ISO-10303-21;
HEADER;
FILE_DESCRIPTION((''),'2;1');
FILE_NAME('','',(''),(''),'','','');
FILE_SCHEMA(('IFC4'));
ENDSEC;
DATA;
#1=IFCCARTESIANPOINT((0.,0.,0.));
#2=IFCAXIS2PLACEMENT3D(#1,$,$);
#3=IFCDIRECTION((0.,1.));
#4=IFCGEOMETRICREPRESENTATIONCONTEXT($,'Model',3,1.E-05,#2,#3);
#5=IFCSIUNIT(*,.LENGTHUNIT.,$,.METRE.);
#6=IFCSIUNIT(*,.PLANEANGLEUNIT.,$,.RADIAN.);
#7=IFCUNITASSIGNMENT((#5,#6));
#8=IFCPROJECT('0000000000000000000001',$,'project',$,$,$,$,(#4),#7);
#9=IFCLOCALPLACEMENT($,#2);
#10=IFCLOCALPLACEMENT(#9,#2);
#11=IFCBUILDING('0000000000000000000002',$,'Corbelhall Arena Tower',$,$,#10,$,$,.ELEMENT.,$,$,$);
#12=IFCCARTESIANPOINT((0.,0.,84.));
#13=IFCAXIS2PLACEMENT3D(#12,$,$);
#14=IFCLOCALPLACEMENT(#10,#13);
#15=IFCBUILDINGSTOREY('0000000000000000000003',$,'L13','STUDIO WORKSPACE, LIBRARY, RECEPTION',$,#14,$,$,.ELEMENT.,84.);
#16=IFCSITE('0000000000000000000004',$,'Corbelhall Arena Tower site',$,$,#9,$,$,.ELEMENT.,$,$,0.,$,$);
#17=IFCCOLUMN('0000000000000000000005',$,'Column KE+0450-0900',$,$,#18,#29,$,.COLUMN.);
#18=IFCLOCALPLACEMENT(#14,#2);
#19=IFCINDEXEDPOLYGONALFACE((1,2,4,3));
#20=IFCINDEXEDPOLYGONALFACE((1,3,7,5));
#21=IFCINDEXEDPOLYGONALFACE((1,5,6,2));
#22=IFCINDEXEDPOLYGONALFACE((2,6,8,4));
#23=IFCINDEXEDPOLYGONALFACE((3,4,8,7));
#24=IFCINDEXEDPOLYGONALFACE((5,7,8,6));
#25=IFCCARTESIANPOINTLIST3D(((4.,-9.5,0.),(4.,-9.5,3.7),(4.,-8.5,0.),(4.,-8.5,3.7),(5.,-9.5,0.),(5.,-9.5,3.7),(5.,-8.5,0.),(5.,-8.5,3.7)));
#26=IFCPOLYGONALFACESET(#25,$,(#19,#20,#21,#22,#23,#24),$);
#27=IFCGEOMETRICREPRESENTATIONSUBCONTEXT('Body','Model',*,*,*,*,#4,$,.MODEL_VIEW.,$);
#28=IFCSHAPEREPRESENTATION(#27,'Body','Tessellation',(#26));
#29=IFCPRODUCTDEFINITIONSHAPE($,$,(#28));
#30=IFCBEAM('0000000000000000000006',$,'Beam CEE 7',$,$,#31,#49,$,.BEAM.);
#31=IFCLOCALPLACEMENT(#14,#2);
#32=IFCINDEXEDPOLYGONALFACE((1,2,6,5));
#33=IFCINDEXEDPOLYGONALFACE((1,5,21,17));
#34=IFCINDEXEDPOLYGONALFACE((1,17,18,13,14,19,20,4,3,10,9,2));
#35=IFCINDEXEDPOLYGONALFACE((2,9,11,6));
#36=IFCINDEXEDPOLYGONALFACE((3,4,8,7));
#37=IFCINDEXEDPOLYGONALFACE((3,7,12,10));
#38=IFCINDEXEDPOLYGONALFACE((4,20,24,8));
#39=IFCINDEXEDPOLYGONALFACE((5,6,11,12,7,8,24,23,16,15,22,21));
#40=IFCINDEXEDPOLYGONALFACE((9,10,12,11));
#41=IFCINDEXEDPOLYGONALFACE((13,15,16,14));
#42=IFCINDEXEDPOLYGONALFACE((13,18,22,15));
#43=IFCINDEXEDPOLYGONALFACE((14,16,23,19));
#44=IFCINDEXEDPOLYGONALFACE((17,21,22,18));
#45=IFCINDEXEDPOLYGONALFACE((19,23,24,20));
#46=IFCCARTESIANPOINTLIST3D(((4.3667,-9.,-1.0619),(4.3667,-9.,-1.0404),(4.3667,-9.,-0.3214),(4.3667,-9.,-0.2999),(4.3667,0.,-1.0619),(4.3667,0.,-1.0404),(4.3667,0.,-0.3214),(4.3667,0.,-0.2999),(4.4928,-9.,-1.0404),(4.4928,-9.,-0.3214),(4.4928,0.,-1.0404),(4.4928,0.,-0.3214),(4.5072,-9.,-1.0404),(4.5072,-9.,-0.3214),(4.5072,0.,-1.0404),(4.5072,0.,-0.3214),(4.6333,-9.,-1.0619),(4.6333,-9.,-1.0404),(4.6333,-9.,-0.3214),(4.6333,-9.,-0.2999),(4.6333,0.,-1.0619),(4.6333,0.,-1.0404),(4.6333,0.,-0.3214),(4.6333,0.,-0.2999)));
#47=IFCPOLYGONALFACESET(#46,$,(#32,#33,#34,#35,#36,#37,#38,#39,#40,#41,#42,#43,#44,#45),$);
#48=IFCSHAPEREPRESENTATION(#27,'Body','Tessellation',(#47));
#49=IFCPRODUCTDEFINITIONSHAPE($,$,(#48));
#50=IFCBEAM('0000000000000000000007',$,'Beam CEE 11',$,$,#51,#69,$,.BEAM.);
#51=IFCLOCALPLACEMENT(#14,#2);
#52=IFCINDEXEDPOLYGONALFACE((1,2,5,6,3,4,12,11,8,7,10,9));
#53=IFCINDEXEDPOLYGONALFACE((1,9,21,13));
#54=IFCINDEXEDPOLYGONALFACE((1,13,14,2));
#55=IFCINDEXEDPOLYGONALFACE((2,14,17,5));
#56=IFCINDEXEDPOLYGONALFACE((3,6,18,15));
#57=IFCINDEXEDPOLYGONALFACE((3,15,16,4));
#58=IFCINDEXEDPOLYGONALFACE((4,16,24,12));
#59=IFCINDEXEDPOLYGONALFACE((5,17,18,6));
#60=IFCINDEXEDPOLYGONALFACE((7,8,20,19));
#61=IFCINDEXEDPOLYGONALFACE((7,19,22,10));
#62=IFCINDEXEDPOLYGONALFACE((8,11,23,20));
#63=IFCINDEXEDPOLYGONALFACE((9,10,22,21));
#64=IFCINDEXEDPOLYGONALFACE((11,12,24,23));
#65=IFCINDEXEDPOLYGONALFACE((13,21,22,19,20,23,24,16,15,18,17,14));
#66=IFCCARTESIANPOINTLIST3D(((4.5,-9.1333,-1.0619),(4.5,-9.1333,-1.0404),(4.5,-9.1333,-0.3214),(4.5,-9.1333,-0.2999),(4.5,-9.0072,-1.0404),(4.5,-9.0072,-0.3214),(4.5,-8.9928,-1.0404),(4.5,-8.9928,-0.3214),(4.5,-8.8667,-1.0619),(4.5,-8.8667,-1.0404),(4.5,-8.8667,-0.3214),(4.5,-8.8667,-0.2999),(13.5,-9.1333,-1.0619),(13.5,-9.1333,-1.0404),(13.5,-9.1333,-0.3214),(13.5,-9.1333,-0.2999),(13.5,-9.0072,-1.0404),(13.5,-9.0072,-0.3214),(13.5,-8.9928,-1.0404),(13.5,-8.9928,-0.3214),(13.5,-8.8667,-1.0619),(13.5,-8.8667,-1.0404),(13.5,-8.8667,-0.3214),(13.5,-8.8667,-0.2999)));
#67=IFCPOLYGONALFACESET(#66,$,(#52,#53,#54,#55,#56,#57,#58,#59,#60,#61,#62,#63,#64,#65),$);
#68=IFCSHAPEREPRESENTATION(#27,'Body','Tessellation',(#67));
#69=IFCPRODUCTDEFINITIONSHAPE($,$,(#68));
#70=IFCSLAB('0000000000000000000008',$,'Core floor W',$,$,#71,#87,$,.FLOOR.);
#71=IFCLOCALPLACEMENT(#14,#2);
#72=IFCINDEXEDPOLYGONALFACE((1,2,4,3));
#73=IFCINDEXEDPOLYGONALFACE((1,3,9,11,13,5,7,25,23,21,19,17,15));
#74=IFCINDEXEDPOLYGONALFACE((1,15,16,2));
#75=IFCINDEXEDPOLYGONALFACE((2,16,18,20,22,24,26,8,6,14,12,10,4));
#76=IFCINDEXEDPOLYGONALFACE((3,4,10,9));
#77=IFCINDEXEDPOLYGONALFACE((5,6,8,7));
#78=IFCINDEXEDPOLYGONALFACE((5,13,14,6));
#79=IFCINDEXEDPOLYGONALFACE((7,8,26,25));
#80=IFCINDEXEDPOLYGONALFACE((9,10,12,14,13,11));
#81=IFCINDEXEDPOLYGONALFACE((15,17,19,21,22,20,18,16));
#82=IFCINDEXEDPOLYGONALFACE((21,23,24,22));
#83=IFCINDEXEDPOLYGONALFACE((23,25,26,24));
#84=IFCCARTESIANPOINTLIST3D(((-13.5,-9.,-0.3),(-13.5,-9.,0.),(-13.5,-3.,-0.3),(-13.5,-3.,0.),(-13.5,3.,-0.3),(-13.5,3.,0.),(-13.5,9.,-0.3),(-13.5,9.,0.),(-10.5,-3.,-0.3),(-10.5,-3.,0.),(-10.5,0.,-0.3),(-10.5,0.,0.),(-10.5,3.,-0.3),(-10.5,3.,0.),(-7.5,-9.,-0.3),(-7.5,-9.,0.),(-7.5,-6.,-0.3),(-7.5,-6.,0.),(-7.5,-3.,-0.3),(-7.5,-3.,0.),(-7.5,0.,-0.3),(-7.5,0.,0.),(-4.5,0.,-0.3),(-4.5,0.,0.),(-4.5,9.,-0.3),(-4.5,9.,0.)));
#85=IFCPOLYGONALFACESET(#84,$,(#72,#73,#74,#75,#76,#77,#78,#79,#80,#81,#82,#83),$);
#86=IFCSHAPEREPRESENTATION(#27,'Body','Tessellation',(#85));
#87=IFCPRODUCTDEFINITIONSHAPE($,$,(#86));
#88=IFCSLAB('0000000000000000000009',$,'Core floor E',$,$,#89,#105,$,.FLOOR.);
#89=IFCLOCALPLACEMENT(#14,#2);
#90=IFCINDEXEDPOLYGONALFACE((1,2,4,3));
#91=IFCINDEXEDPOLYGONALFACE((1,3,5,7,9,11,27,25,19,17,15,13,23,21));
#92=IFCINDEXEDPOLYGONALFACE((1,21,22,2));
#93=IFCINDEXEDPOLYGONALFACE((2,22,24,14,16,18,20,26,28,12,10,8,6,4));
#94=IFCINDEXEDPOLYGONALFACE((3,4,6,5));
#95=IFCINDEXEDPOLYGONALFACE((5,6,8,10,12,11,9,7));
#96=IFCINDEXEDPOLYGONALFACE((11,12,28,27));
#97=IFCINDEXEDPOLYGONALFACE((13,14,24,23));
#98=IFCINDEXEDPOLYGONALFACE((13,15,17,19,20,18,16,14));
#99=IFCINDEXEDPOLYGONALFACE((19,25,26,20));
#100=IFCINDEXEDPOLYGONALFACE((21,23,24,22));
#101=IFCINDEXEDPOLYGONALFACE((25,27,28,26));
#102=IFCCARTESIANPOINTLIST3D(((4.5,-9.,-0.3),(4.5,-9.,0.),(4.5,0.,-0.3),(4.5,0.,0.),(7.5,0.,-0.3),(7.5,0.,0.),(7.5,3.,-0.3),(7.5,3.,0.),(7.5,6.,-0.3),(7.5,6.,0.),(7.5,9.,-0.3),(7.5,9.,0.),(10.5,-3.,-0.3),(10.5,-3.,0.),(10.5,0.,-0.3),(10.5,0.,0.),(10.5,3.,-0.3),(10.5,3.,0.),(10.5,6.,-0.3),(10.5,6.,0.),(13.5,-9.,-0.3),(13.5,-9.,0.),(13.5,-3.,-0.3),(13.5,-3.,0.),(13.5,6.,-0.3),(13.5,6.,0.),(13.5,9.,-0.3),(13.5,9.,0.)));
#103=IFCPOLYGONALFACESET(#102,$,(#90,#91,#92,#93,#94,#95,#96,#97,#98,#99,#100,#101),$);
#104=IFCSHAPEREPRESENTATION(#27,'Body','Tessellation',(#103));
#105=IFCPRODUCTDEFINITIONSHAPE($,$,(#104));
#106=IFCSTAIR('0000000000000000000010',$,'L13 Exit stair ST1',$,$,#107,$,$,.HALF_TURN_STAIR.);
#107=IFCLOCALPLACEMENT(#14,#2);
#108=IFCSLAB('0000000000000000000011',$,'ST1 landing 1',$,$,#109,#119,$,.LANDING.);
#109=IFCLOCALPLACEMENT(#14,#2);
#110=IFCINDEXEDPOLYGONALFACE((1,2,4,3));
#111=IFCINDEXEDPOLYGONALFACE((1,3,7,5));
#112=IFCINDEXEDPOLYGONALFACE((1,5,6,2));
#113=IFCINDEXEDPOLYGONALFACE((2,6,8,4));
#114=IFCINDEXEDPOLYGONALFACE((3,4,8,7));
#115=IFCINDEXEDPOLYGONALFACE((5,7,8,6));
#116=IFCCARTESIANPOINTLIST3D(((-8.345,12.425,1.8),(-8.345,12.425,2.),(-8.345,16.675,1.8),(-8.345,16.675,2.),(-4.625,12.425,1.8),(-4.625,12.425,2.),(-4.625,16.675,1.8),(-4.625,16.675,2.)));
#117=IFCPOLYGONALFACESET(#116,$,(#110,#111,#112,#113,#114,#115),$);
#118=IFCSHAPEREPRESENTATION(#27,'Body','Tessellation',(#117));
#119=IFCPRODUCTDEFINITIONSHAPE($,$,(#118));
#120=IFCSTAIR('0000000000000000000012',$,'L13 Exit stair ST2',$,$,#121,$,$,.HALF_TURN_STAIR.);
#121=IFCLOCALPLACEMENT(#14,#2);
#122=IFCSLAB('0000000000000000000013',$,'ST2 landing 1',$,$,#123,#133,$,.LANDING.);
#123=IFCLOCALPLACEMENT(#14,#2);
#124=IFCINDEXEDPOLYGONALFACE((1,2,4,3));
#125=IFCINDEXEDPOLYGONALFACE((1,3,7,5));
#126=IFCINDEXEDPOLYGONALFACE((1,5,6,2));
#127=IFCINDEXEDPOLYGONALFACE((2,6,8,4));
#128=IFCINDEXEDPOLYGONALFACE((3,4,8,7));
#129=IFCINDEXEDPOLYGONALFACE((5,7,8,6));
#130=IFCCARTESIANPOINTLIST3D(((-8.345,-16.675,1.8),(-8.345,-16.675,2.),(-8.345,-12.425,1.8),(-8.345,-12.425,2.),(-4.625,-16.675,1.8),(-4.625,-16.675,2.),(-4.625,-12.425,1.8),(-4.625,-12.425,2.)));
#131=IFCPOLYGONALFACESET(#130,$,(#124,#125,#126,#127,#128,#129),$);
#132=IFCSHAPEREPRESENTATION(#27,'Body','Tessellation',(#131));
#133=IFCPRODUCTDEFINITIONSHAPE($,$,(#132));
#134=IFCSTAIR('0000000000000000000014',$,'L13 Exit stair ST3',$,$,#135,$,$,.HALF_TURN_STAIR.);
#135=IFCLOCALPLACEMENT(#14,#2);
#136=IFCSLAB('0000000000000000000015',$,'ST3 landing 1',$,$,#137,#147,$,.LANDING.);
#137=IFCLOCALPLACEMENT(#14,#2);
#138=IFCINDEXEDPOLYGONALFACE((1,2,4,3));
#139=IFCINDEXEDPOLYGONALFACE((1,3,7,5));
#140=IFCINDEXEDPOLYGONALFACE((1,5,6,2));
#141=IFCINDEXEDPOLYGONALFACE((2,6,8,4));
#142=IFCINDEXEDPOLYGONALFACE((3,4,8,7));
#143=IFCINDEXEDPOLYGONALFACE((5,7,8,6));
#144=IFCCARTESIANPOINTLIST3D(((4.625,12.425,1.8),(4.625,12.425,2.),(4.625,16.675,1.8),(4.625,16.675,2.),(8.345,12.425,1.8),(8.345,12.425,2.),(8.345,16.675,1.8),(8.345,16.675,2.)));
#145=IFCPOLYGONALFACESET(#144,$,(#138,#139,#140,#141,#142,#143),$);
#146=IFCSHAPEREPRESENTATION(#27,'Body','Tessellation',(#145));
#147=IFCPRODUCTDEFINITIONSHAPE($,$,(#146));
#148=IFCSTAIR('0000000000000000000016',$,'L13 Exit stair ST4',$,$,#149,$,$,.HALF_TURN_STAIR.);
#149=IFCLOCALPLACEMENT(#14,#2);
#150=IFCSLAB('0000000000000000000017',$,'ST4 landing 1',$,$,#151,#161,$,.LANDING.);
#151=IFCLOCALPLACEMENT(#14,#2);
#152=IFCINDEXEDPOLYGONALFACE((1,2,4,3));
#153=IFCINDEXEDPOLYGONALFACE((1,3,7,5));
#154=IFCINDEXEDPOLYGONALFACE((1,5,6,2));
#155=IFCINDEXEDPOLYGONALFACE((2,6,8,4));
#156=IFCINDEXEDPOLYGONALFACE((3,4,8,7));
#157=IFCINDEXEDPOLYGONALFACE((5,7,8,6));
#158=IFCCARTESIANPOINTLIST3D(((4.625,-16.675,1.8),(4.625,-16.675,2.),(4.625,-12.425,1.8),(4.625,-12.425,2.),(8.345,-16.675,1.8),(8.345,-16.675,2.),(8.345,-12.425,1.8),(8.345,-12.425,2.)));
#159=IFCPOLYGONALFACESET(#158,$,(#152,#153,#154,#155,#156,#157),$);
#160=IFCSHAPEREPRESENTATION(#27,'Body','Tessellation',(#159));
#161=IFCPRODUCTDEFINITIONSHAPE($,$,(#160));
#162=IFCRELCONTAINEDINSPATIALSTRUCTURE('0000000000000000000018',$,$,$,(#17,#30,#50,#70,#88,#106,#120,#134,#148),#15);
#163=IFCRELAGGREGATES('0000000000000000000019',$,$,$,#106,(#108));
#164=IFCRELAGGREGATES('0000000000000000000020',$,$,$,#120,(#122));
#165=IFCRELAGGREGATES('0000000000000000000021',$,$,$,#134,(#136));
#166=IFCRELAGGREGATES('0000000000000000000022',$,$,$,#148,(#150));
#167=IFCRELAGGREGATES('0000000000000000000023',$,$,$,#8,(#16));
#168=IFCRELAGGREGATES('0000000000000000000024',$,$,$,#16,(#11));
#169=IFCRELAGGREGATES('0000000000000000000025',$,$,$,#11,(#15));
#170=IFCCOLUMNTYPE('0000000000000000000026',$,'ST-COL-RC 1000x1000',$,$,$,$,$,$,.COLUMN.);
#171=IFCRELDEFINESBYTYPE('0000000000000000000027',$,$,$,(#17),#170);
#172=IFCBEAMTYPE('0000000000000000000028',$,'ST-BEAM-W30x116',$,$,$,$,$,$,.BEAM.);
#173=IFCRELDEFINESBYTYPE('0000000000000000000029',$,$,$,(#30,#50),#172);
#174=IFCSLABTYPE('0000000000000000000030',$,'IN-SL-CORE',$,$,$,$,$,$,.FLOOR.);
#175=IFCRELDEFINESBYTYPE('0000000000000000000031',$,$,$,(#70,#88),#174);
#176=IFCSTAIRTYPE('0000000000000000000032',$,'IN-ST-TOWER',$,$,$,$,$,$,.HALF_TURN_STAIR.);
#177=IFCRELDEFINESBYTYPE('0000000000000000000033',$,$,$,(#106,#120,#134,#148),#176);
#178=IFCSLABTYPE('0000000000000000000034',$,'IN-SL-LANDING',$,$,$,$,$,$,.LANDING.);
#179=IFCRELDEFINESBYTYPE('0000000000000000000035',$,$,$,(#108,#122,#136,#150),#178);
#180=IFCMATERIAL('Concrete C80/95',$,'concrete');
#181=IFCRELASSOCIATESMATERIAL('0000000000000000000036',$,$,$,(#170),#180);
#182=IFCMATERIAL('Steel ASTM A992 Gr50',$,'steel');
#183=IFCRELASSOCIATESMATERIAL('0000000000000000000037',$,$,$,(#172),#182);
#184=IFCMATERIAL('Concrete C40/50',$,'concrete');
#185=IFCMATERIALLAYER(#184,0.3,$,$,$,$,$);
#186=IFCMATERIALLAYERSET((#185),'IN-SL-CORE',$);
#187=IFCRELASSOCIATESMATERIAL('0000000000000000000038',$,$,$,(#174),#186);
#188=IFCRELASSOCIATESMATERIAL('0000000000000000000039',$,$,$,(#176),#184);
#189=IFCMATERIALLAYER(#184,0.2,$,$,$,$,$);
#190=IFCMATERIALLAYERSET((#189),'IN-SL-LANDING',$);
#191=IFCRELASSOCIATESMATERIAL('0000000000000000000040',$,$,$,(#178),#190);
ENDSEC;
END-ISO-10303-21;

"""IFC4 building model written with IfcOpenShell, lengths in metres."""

from ifc_helpers import new_model, si_unit, direction, frame, origin, origin_2d, place, context, subcontext, project, spatial, polyline, rectangle, i_section, outline, extrude, material, layer, layer_set, material_profile, profile_set, type_object, element, aggregate, save


model = new_model("IFC4")

# Units and contexts
model_context = context("Model", 3, precision=1e-05, world=origin(), true_north=direction((0.0, 1.0)))
body_context = subcontext(model_context, "Body", "Model", "MODEL_VIEW")
ifc_project = project(units=[si_unit("LENGTHUNIT", "METRE"), si_unit("PLANEANGLEUNIT", "RADIAN")], contexts=[model_context])

# Site, building, storey
site_placement = place(None, origin())
site = spatial("IfcSite", under=ifc_project, at=site_placement, Name="Corbelhall Arena Tower site", CompositionType="ELEMENT", RefElevation=0.0)
building_placement = place(site_placement, origin())
building = spatial("IfcBuilding", under=site, at=building_placement, Name="Corbelhall Arena Tower", CompositionType="ELEMENT")
storey_placement = place(building_placement, frame((0.0, 0.0, 84.0)))
storey = spatial("IfcBuildingStorey", under=building, at=storey_placement, Name="L13", Description="STUDIO WORKSPACE, LIBRARY, RECEPTION", CompositionType="ELEMENT", Elevation=84.0)

# Column
ifc_material_1 = material(Name="Concrete C80/95", Category="concrete")
ifc_material_profile_1 = material_profile(ifc_material_1, rectangle(XDim=1.0, YDim=1.0, at=origin_2d()))
ifc_profile_set_1 = profile_set([ifc_material_profile_1], Name="Concrete C80/95")
column_type = type_object("IfcColumnType", Name="ST-COL-RC 1000x1000", PredefinedType="COLUMN", material=ifc_profile_set_1)
column_placement = place(storey_placement, frame((4.5, -9.0, 0.0), z_axis=(0.0, 0.0, 1.0), x_axis=(1.0, 0.0, 0.0)))
element("IfcColumn", 1, at=column_placement, inside=storey, type_object=column_type, Name="Column KE+0450-0900", PredefinedType="COLUMN", context=body_context, shape_type="SweptSolid", body=[
    extrude(rectangle(XDim=1.0, YDim=1.0, at=origin_2d()), origin(), (0.0, 0.0, 1.0), 3.7),
])

# Beams
ifc_material_2 = material(Name="Steel ASTM A992 Gr50", Category="steel")
ifc_material_profile_2 = material_profile(ifc_material_2, i_section(OverallWidth=0.2666, OverallDepth=0.762, WebThickness=0.0144, FlangeThickness=0.0215, at=origin_2d()))
ifc_profile_set_2 = profile_set([ifc_material_profile_2], Name="Steel ASTM A992 Gr50")
beam_type = type_object("IfcBeamType", Name="ST-BEAM-W30x116", PredefinedType="BEAM", material=ifc_profile_set_2)
for number, where, z_axis, x_axis, name in (
    (2, (4.5, -9.0, -0.6809), (0.0, 1.0, 0.0), (-1.0, 0.0, 0.0), "Beam CEE 7"),
    (3, (4.5, -9.0, -0.6809), (1.0, 0.0, 0.0), (0.0, 1.0, 0.0), "Beam CEE 11"),
):
    element("IfcBeam", number, at=place(storey_placement, frame(where, z_axis=z_axis, x_axis=x_axis)), inside=storey, type_object=beam_type, Name=name, PredefinedType="BEAM", context=body_context, shape_type="SweptSolid", body=[
        extrude(i_section(OverallWidth=0.2666, OverallDepth=0.762, WebThickness=0.0144, FlangeThickness=0.0215, at=origin_2d()), origin(), (0.0, 0.0, 1.0), 9.0),
    ])

# Slabs
ifc_material_3 = material(Name="Concrete C40/50", Category="concrete")
ifc_layer_1 = layer(ifc_material_3, 0.3)
ifc_layer_set_1 = layer_set([ifc_layer_1], Name="IN-SL-CORE")
slab_type_1 = type_object("IfcSlabType", Name="IN-SL-CORE", PredefinedType="FLOOR", material=ifc_layer_set_1)
slab_1_placement = place(storey_placement, frame((0.0, 0.0, -0.3)))
element("IfcSlab", 4, at=slab_1_placement, inside=storey, type_object=slab_type_1, Name="Core floor W", PredefinedType="FLOOR", context=body_context, shape_type="SweptSolid", body=[
    extrude(outline(polyline([(-7.5, 0.0), (-4.5, 0.0), (-4.5, 9.0), (-13.5, 9.0), (-13.5, 3.0), (-10.5, 3.0), (-10.5, 0.0), (-10.5, -3.0), (-13.5, -3.0), (-13.5, -9.0), (-7.5, -9.0), (-7.5, -6.0), (-7.5, -3.0), (-7.5, 0.0)])), origin(), (0.0, 0.0, 1.0), 0.3),
])
slab_2_placement = place(storey_placement, frame((0.0, 0.0, -0.3)))
element("IfcSlab", 5, at=slab_2_placement, inside=storey, type_object=slab_type_1, Name="Core floor E", PredefinedType="FLOOR", context=body_context, shape_type="SweptSolid", body=[
    extrude(outline(polyline([(7.5, 0.0), (4.5, 0.0), (4.5, -9.0), (13.5, -9.0), (13.5, -3.0), (10.5, -3.0), (10.5, 0.0), (10.5, 3.0), (10.5, 6.0), (13.5, 6.0), (13.5, 9.0), (7.5, 9.0), (7.5, 6.0), (7.5, 3.0), (7.5, 0.0)])), origin(), (0.0, 0.0, 1.0), 0.3),
])

# Stairs, slabs
stair_type = type_object("IfcStairType", Name="IN-ST-TOWER", PredefinedType="HALF_TURN_STAIR", material=ifc_material_3)
stair_1_placement = place(storey_placement, origin())
stair_1 = element("IfcStair", 6, at=stair_1_placement, inside=storey, type_object=stair_type, Name="L13 Exit stair ST1", PredefinedType="HALF_TURN_STAIR")
ifc_layer_2 = layer(ifc_material_3, 0.2)
ifc_layer_set_2 = layer_set([ifc_layer_2], Name="IN-SL-LANDING")
slab_type_2 = type_object("IfcSlabType", Name="IN-SL-LANDING", PredefinedType="LANDING", material=ifc_layer_set_2)
slab_3_placement = place(storey_placement, frame((0.0, 0.0, 1.8)))
slab_3 = element("IfcSlab", 7, at=slab_3_placement, type_object=slab_type_2, Name="ST1 landing 1", PredefinedType="LANDING", context=body_context, shape_type="SweptSolid", body=[
    extrude(outline(polyline([(-8.345, 12.425), (-4.625, 12.425), (-4.625, 16.675), (-8.345, 16.675), (-8.345, 12.425)])), origin(), (0.0, 0.0, 1.0), 0.2),
])
aggregate(stair_1, [slab_3])
stair_2_placement = place(storey_placement, origin())
stair_2 = element("IfcStair", 8, at=stair_2_placement, inside=storey, type_object=stair_type, Name="L13 Exit stair ST2", PredefinedType="HALF_TURN_STAIR")
slab_4_placement = place(storey_placement, frame((0.0, 0.0, 1.8)))
slab_4 = element("IfcSlab", 9, at=slab_4_placement, type_object=slab_type_2, Name="ST2 landing 1", PredefinedType="LANDING", context=body_context, shape_type="SweptSolid", body=[
    extrude(outline(polyline([(-8.345, -16.675), (-4.625, -16.675), (-4.625, -12.425), (-8.345, -12.425), (-8.345, -16.675)])), origin(), (0.0, 0.0, 1.0), 0.2),
])
aggregate(stair_2, [slab_4])
stair_3_placement = place(storey_placement, origin())
stair_3 = element("IfcStair", 10, at=stair_3_placement, inside=storey, type_object=stair_type, Name="L13 Exit stair ST3", PredefinedType="HALF_TURN_STAIR")
slab_5_placement = place(storey_placement, frame((0.0, 0.0, 1.8)))
slab_5 = element("IfcSlab", 11, at=slab_5_placement, type_object=slab_type_2, Name="ST3 landing 1", PredefinedType="LANDING", context=body_context, shape_type="SweptSolid", body=[
    extrude(outline(polyline([(8.345, 16.675), (4.625, 16.675), (4.625, 12.425), (8.345, 12.425), (8.345, 16.675)])), origin(), (0.0, 0.0, 1.0), 0.2),
])
aggregate(stair_3, [slab_5])
stair_4_placement = place(storey_placement, origin())
stair_4 = element("IfcStair", 12, at=stair_4_placement, inside=storey, type_object=stair_type, Name="L13 Exit stair ST4", PredefinedType="HALF_TURN_STAIR")
slab_6_placement = place(storey_placement, frame((0.0, 0.0, 1.8)))
slab_6 = element("IfcSlab", 13, at=slab_6_placement, type_object=slab_type_2, Name="ST4 landing 1", PredefinedType="LANDING", context=body_context, shape_type="SweptSolid", body=[
    extrude(outline(polyline([(8.345, -12.425), (4.625, -12.425), (4.625, -16.675), (8.345, -16.675), (8.345, -12.425)])), origin(), (0.0, 0.0, 1.0), 0.2),
])
aggregate(stair_4, [slab_6])

save(model, "model.ifc")
